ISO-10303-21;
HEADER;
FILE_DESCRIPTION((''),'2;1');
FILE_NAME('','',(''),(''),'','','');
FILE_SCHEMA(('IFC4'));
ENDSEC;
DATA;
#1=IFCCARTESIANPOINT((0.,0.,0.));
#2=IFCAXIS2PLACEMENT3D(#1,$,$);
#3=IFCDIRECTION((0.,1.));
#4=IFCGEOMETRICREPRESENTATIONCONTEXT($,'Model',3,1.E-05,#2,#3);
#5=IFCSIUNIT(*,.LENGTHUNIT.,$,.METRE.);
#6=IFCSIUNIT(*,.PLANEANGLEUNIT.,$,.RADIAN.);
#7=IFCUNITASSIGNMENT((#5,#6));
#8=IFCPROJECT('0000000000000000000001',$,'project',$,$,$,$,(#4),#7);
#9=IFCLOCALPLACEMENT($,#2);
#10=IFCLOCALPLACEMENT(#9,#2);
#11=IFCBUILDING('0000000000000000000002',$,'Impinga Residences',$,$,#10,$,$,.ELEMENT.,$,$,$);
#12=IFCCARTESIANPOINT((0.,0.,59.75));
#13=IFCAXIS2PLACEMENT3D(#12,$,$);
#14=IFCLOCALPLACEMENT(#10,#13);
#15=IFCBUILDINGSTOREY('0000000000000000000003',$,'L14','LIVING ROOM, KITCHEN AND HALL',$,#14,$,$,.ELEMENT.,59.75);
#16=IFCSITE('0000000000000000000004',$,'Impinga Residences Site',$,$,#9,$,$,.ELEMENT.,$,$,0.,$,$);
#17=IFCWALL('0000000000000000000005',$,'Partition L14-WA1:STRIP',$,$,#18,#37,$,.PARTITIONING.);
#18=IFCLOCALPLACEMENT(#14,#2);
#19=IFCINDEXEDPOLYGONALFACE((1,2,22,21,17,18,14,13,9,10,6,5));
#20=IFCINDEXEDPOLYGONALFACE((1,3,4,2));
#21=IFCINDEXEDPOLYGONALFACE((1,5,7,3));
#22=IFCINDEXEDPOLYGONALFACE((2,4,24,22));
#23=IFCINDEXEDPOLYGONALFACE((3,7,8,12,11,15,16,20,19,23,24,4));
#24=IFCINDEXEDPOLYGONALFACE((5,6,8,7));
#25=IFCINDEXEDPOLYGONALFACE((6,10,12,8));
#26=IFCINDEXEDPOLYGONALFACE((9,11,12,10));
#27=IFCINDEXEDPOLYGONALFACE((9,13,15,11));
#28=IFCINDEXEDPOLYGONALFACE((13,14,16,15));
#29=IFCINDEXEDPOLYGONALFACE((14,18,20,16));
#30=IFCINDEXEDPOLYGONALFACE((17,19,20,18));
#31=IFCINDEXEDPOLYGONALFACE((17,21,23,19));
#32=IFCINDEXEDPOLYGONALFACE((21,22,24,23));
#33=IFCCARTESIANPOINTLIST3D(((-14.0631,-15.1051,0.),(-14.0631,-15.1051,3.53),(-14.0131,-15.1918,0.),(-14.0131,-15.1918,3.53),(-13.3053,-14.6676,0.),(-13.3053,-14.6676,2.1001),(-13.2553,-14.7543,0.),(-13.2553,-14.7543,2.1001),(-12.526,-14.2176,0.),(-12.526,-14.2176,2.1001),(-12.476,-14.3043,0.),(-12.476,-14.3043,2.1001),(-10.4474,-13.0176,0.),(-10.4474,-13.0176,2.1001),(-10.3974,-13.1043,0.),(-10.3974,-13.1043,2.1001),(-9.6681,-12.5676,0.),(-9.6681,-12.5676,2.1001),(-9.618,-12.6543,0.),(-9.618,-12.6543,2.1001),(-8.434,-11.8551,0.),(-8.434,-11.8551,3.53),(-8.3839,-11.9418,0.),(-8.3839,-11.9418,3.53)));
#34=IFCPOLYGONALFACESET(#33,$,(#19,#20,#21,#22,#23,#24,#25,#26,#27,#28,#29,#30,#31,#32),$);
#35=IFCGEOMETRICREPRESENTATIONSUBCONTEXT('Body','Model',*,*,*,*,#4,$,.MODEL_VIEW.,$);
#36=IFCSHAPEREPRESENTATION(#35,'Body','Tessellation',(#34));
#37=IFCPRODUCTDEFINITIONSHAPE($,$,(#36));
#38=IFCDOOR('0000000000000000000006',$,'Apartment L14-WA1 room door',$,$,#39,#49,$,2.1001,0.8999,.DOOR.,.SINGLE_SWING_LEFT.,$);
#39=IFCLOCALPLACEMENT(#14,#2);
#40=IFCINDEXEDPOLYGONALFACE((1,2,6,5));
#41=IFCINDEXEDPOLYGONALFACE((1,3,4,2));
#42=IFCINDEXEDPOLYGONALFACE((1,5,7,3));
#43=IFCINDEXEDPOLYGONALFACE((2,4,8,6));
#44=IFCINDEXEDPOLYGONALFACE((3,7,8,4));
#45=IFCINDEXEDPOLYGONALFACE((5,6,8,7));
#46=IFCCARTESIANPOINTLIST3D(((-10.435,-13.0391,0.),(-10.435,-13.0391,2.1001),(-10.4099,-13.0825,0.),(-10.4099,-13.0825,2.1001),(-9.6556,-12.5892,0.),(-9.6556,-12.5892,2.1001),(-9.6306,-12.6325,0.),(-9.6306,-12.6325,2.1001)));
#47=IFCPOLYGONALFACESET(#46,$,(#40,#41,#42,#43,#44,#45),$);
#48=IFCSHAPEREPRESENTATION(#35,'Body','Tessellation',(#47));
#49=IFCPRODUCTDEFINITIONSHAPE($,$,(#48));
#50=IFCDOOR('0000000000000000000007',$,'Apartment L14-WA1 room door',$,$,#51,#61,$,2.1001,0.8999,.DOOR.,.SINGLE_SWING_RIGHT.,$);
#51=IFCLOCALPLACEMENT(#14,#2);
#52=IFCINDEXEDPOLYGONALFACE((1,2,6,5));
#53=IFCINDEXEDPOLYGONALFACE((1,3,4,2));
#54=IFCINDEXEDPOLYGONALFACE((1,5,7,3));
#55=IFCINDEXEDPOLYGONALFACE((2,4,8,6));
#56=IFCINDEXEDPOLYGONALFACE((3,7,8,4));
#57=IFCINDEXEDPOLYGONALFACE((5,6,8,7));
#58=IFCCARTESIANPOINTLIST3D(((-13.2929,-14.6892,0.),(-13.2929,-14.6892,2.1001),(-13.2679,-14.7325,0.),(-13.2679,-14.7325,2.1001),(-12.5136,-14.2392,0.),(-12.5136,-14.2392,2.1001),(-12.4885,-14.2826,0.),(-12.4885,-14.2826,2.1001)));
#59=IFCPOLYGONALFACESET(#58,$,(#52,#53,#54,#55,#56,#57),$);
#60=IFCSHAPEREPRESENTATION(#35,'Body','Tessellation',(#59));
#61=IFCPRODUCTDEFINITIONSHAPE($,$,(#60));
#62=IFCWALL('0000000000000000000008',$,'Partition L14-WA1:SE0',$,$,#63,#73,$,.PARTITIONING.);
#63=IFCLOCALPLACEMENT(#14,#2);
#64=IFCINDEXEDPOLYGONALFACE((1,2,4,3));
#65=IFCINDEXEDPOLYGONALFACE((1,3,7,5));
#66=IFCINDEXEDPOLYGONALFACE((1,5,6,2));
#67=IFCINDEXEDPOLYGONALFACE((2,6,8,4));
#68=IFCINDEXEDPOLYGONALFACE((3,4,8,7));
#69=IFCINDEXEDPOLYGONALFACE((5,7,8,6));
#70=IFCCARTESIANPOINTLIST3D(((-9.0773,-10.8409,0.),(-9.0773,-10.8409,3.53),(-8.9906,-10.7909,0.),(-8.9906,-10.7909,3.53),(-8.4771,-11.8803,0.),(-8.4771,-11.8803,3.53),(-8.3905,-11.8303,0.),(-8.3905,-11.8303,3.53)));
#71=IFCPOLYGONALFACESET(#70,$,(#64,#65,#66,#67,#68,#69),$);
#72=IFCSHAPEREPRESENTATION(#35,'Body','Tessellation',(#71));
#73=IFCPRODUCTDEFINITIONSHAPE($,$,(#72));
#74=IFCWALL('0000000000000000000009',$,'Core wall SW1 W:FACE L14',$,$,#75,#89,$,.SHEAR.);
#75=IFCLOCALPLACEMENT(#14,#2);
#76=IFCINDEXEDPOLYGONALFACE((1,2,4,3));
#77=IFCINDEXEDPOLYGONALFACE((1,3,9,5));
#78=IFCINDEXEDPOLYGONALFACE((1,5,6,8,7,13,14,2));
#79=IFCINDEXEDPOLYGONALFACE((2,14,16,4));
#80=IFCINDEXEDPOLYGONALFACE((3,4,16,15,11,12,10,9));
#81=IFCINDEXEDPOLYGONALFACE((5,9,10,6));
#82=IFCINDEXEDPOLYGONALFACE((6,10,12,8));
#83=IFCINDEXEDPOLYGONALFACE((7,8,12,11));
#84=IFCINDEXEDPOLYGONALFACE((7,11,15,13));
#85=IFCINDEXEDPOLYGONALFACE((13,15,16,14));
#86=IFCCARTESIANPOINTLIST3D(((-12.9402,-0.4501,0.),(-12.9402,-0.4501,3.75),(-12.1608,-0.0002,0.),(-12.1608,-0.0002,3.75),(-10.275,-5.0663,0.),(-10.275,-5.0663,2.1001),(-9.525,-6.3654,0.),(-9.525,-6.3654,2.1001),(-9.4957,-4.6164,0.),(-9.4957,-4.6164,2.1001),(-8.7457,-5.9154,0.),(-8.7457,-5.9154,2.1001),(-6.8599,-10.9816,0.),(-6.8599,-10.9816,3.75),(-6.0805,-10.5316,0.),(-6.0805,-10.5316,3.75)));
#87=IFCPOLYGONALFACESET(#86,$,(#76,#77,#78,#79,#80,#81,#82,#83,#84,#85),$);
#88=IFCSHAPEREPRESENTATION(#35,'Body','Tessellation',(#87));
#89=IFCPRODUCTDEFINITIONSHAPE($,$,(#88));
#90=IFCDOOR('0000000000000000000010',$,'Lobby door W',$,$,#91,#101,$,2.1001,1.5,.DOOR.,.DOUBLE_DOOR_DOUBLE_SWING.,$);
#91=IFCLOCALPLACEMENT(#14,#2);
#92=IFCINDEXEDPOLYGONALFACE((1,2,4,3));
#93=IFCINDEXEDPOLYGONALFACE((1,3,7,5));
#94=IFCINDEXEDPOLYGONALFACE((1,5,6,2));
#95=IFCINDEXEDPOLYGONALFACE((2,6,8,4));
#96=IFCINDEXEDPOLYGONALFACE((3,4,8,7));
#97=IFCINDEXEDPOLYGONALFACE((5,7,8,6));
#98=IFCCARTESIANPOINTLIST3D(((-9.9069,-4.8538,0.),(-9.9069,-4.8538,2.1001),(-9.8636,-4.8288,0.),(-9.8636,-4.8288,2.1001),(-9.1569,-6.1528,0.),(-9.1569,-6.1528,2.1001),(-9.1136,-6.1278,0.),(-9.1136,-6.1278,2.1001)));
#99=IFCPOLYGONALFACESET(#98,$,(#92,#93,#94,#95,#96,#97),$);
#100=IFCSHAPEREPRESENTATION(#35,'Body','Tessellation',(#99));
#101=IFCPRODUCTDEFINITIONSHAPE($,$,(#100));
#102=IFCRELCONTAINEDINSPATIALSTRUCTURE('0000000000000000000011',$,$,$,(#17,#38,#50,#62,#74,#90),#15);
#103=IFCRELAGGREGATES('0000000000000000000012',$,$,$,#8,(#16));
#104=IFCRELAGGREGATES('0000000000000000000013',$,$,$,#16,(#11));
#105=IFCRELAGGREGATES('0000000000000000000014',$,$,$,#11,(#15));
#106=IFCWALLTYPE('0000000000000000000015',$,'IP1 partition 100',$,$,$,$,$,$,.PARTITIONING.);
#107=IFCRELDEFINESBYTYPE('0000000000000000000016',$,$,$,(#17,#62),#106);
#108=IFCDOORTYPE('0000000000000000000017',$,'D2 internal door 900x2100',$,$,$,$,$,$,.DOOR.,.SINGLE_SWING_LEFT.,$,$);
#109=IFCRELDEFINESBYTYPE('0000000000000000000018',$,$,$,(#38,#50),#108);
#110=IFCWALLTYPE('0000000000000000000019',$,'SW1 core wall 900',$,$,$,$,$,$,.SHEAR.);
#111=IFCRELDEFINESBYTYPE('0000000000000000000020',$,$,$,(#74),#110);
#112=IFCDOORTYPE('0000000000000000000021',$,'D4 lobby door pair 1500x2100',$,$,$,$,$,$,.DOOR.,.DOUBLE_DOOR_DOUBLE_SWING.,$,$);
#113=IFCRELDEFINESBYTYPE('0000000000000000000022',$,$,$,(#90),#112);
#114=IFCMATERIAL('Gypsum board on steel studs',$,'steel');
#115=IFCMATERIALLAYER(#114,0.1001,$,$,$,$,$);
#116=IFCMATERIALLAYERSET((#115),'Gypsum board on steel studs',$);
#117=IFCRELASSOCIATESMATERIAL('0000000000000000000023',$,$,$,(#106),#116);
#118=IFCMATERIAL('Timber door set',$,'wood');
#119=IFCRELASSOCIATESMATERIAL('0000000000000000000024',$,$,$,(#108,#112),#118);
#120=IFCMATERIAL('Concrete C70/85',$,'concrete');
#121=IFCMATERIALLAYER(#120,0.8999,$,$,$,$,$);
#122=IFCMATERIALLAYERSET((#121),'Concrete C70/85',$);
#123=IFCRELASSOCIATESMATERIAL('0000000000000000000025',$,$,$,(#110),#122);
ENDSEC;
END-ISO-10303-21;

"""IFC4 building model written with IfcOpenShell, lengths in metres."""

from ifc_helpers import new_model, si_unit, direction, frame, frame_2d, origin, place, context, subcontext, project, spatial, rectangle, extrude, material, layer, layer_set, type_object, element, fill, save


model = new_model("IFC4")

# Units and contexts
model_context = context("Model", 3, precision=1e-05, world=origin(), true_north=direction((0.0, 1.0)))
body_context = subcontext(model_context, "Body", "Model", "MODEL_VIEW")
ifc_project = project(units=[si_unit("LENGTHUNIT", "METRE"), si_unit("PLANEANGLEUNIT", "RADIAN")], contexts=[model_context])

# Site, building, storey
site_placement = place(None, origin())
site = spatial("IfcSite", under=ifc_project, at=site_placement, Name="Impinga Residences Site", CompositionType="ELEMENT", RefElevation=0.0)
building_placement = place(site_placement, origin())
building = spatial("IfcBuilding", under=site, at=building_placement, Name="Impinga Residences", CompositionType="ELEMENT")
storey_placement = place(building_placement, frame((0.0, 0.0, 59.75)))
storey = spatial("IfcBuildingStorey", under=building, at=storey_placement, Name="L14", Description="LIVING ROOM, KITCHEN AND HALL", CompositionType="ELEMENT", Elevation=59.75)

# Shared definitions
ifc_material_1 = material(Name="Concrete C70/85", Category="concrete")
ifc_material_2 = material(Name="Timber door set", Category="wood")

# Shared definitions
ifc_material_3 = material(Name="Gypsum board on steel studs", Category="steel")
ifc_layer_1 = layer(ifc_material_3, 0.1001)
ifc_layer_set_1 = layer_set([ifc_layer_1], Name="Gypsum board on steel studs")
wall_type_1 = type_object("IfcWallType", Name="IP1 partition 100", PredefinedType="PARTITIONING", material=ifc_layer_set_1)

# Wall, openings, doors
wall_1_placement = place(storey_placement, frame((-8.4089, -11.8984, 0.0), z_axis=(0.0, 0.0, 1.0), x_axis=(-0.866025, -0.500001, 0.0)))
wall_1 = element("IfcWall", 1, at=wall_1_placement, inside=storey, type_object=wall_type_1, Name="Partition L14-WA1:STRIP", PredefinedType="PARTITIONING", context=body_context, shape_type="SweptSolid", body=[
    extrude(rectangle(XDim=6.5, YDim=0.1001, at=frame_2d((3.25, 0.0))), origin(), (0.0, 0.0, 1.0), 3.53),
])
opening_1_placement = place(wall_1_placement, frame((1.425, 0.0, 0.0)))
opening_1 = element("IfcOpeningElement", 2, at=opening_1_placement, cuts=wall_1, PredefinedType="OPENING", context=body_context, shape_type="SweptSolid", body=[
    extrude(rectangle(XDim=0.8999, YDim=2.1001, at=frame_2d((0.45, 1.05))), frame((0.0, 0.0601, 0.0), z_axis=(0.0, -1.0, 0.0), x_axis=(1.0, 0.0, 0.0)), (0.0, 0.0, 1.0), 0.1201),
])
opening_2_placement = place(wall_1_placement, frame((4.7251, 0.0, 0.0)))
opening_2 = element("IfcOpeningElement", 3, at=opening_2_placement, cuts=wall_1, PredefinedType="OPENING", context=body_context, shape_type="SweptSolid", body=[
    extrude(rectangle(XDim=0.8999, YDim=2.1001, at=frame_2d((0.45, 1.05))), frame((0.0, 0.0601, 0.0), z_axis=(0.0, -1.0, 0.0), x_axis=(1.0, 0.0, 0.0)), (0.0, 0.0, 1.0), 0.1201),
])
door_type_1 = type_object("IfcDoorType", Name="D2 internal door 900x2100", OperationType="SINGLE_SWING_LEFT", PredefinedType="DOOR", material=ifc_material_2)
door_1_placement = place(opening_1_placement, origin())
door_1 = element("IfcDoor", 4, at=door_1_placement, inside=storey, type_object=door_type_1, Name="Apartment L14-WA1 room door", OperationType="SINGLE_SWING_LEFT", OverallHeight=2.1001, OverallWidth=0.8999, PredefinedType="DOOR", context=body_context, shape_type="SweptSolid", body=[
    extrude(rectangle(XDim=0.8999, YDim=2.1001, at=frame_2d((0.45, 1.05))), frame((0.0, 0.0249, 0.0), z_axis=(0.0, -1.0, 0.0), x_axis=(1.0, 0.0, 0.0)), (0.0, 0.0, 1.0), 0.05),
])
fill(opening_1, door_1)
door_2_placement = place(opening_2_placement, origin())
door_2 = element("IfcDoor", 5, at=door_2_placement, inside=storey, type_object=door_type_1, Name="Apartment L14-WA1 room door", OperationType="SINGLE_SWING_RIGHT", OverallHeight=2.1001, OverallWidth=0.8999, PredefinedType="DOOR", context=body_context, shape_type="SweptSolid", body=[
    extrude(rectangle(XDim=0.8999, YDim=2.1001, at=frame_2d((0.45, 1.05))), frame((0.0, 0.0249, 0.0), z_axis=(0.0, -1.0, 0.0), x_axis=(1.0, 0.0, 0.0)), (0.0, 0.0, 1.0), 0.05),
])
fill(opening_2, door_2)

# Wall
wall_2_placement = place(storey_placement, frame((-9.0339, -10.8159, 0.0), z_axis=(0.0, 0.0, 1.0), x_axis=(0.500034, -0.866006, 0.0)))
element("IfcWall", 6, at=wall_2_placement, inside=storey, type_object=wall_type_1, Name="Partition L14-WA1:SE0", PredefinedType="PARTITIONING", context=body_context, shape_type="SweptSolid", body=[
    extrude(rectangle(XDim=1.2002, YDim=0.1001, at=frame_2d((0.6001, 0.0))), origin(), (0.0, 0.0, 1.0), 3.53),
])

# Wall, opening, door
ifc_layer_2 = layer(ifc_material_1, 0.8999)
ifc_layer_set_2 = layer_set([ifc_layer_2], Name="Concrete C70/85")
wall_type_2 = type_object("IfcWallType", Name="SW1 core wall 900", PredefinedType="SHEAR", material=ifc_layer_set_2)
wall_3_placement = place(storey_placement, frame((-6.4702, -10.7566, 0.0), z_axis=(0.0, 0.0, 1.0), x_axis=(-0.499998, 0.866027, 0.0)))
wall_3 = element("IfcWall", 7, at=wall_3_placement, inside=storey, type_object=wall_type_2, Name="Core wall SW1 W:FACE L14", PredefinedType="SHEAR", context=body_context, shape_type="SweptSolid", body=[
    extrude(rectangle(XDim=12.1606, YDim=0.8999, at=frame_2d((6.0803, 0.0))), origin(), (0.0, 0.0, 1.0), 3.75),
])
opening_3_placement = place(wall_3_placement, frame((5.3303, 0.0, 0.0)))
opening_3 = element("IfcOpeningElement", 8, at=opening_3_placement, cuts=wall_3, PredefinedType="OPENING", context=body_context, shape_type="SweptSolid", body=[
    extrude(rectangle(XDim=1.5, YDim=2.1001, at=frame_2d((0.75, 1.05))), frame((0.0, 0.46, 0.0), z_axis=(0.0, -1.0, 0.0), x_axis=(1.0, 0.0, 0.0)), (0.0, 0.0, 1.0), 0.9199),
])
door_type_2 = type_object("IfcDoorType", Name="D4 lobby door pair 1500x2100", OperationType="DOUBLE_DOOR_DOUBLE_SWING", PredefinedType="DOOR", material=ifc_material_2)
door_3_placement = place(opening_3_placement, origin())
door_3 = element("IfcDoor", 9, at=door_3_placement, inside=storey, type_object=door_type_2, Name="Lobby door W", OperationType="DOUBLE_DOOR_DOUBLE_SWING", OverallHeight=2.1001, OverallWidth=1.5, PredefinedType="DOOR", context=body_context, shape_type="SweptSolid", body=[
    extrude(rectangle(XDim=1.5, YDim=2.1001, at=frame_2d((0.75, 1.05))), frame((0.0, 0.0249, 0.0), z_axis=(0.0, -1.0, 0.0), x_axis=(1.0, 0.0, 0.0)), (0.0, 0.0, 1.0), 0.05),
])
fill(opening_3, door_3)

save(model, "model.ifc")
